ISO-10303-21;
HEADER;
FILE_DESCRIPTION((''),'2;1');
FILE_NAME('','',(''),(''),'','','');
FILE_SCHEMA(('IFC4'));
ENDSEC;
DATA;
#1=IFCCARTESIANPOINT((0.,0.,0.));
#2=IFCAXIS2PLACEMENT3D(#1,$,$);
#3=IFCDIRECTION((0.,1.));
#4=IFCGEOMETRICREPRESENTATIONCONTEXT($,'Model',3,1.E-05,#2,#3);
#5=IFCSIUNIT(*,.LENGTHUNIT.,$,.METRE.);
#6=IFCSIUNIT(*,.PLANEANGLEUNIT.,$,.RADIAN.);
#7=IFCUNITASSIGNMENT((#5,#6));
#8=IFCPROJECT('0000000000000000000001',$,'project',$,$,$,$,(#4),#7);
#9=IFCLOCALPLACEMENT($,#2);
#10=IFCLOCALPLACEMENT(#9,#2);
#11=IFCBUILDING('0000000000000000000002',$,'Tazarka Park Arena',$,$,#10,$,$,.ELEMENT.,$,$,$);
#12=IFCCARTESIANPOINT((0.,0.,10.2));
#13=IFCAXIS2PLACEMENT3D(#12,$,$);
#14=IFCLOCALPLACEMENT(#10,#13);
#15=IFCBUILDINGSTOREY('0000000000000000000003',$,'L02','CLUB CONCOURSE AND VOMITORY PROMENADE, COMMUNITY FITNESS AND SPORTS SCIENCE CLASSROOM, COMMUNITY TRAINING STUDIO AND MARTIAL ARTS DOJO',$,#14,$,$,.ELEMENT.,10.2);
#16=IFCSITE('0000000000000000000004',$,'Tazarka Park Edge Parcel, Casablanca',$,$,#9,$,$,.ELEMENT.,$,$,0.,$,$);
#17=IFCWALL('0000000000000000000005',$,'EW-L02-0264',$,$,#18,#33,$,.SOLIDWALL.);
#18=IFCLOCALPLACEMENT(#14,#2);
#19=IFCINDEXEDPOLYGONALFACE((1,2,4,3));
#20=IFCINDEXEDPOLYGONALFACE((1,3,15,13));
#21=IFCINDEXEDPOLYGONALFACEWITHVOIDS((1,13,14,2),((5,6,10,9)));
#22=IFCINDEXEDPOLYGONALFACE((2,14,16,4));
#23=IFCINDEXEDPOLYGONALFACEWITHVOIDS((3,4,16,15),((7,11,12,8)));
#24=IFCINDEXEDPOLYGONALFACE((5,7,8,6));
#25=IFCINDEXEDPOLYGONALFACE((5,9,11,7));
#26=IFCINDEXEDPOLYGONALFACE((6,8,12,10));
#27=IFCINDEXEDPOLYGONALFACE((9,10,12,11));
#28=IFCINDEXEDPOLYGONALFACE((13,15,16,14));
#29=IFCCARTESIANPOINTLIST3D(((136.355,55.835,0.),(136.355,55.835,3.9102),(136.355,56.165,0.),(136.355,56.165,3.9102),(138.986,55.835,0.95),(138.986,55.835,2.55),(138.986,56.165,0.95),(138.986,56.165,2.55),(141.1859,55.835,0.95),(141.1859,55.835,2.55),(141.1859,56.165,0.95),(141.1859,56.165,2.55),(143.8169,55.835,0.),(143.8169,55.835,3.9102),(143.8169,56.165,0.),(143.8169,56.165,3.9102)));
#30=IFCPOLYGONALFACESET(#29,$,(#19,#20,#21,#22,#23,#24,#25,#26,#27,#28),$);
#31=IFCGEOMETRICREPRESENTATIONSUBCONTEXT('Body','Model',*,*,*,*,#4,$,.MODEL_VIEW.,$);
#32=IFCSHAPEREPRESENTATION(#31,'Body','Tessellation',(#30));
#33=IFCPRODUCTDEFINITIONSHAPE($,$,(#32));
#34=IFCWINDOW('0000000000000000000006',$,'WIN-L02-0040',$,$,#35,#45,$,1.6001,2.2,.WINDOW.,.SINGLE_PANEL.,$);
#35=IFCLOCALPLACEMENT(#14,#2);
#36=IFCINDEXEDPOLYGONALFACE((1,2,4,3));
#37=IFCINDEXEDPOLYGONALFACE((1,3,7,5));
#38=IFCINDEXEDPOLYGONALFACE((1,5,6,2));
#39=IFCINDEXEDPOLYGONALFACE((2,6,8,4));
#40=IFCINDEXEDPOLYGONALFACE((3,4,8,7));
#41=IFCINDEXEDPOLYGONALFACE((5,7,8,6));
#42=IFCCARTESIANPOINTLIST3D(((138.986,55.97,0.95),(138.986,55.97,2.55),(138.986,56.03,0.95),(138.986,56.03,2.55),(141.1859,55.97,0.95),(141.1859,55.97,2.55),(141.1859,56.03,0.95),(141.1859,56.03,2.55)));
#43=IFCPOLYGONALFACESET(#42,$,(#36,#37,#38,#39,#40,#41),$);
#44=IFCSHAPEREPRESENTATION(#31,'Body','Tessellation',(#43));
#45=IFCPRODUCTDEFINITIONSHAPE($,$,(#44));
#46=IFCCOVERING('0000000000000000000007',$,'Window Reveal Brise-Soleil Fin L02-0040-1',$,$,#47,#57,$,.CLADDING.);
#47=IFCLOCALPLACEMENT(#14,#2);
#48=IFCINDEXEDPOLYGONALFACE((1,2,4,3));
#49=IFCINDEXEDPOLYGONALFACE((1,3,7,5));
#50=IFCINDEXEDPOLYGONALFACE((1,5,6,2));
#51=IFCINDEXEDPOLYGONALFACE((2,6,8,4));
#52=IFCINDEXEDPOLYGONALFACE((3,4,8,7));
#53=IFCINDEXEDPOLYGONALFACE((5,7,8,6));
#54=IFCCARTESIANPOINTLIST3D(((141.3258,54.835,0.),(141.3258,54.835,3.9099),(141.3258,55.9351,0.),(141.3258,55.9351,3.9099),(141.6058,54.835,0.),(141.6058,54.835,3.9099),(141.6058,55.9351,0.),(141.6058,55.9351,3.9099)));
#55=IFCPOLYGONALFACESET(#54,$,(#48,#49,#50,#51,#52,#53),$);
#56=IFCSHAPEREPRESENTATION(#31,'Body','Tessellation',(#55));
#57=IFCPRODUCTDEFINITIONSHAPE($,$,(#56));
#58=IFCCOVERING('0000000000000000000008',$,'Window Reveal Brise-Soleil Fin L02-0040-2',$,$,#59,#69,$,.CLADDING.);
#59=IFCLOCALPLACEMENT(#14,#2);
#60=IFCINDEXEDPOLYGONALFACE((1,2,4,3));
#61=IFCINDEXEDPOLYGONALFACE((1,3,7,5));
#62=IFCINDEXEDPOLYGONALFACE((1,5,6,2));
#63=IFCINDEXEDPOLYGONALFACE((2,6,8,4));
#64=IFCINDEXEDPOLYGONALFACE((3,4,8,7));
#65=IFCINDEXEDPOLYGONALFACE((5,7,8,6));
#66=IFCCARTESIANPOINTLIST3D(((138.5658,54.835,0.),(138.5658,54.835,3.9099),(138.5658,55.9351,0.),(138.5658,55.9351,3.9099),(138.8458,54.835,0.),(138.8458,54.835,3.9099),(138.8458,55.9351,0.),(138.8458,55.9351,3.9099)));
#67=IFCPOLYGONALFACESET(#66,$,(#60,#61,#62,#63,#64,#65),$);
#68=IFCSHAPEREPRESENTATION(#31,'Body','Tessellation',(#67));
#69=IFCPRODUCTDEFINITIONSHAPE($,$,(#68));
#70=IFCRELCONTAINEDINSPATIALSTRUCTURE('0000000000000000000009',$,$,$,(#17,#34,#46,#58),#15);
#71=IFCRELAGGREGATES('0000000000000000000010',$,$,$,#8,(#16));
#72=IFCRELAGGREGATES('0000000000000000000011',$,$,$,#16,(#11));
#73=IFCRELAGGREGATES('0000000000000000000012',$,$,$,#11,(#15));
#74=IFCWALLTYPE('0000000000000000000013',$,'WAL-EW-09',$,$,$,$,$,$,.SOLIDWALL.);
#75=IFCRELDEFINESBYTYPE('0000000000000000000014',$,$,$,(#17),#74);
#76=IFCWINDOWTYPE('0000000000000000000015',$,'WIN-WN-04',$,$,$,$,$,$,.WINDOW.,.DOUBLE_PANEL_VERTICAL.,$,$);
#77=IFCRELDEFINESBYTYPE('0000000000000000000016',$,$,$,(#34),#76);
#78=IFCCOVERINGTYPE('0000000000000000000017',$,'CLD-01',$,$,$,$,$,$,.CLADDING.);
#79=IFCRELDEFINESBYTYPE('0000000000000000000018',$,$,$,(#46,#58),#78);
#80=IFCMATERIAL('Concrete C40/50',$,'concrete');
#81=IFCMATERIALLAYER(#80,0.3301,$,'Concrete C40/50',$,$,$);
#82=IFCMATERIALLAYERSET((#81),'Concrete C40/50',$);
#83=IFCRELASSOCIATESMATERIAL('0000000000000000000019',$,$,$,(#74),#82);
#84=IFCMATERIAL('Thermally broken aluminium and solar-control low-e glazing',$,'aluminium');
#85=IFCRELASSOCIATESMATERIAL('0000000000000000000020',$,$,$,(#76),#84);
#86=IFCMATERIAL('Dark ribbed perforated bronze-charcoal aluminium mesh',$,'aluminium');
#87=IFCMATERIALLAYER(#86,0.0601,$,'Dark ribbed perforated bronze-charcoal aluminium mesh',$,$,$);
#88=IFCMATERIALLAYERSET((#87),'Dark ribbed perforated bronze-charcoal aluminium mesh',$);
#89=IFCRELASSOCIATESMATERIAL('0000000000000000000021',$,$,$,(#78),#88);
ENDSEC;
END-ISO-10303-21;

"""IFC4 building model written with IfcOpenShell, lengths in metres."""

from ifc_helpers import new_model, si_unit, direction, frame, frame_2d, origin, origin_2d, place, context, subcontext, project, spatial, rectangle, extrude, material, layer, layer_set, type_object, element, fill, save


model = new_model("IFC4")

# Units and contexts
model_context = context("Model", 3, precision=1e-05, world=origin(), true_north=direction((0.0, 1.0)))
body_context = subcontext(model_context, "Body", "Model", "MODEL_VIEW")
ifc_project = project(units=[si_unit("LENGTHUNIT", "METRE"), si_unit("PLANEANGLEUNIT", "RADIAN")], contexts=[model_context])

# Site, building, storey
site_placement = place(None, origin())
site = spatial("IfcSite", under=ifc_project, at=site_placement, Name="Tazarka Park Edge Parcel, Casablanca", CompositionType="ELEMENT", RefElevation=0.0)
building_placement = place(site_placement, origin())
building = spatial("IfcBuilding", under=site, at=building_placement, Name="Tazarka Park Arena", CompositionType="ELEMENT")
storey_placement = place(building_placement, frame((0.0, 0.0, 10.2)))
storey = spatial("IfcBuildingStorey", under=building, at=storey_placement, Name="L02", Description="CLUB CONCOURSE AND VOMITORY PROMENADE, COMMUNITY FITNESS AND SPORTS SCIENCE CLASSROOM, COMMUNITY TRAINING STUDIO AND MARTIAL ARTS DOJO", CompositionType="ELEMENT", Elevation=10.2)

# Wall, opening, window
ifc_material_1 = material(Name="Concrete C40/50", Category="concrete")
ifc_layer_1 = layer(ifc_material_1, 0.3301, Name="Concrete C40/50")
ifc_layer_set_1 = layer_set([ifc_layer_1], Name="Concrete C40/50")
wall_type_1 = type_object("IfcWallType", Name="WAL-EW-09", PredefinedType="SOLIDWALL", material=ifc_layer_set_1)
wall_1_placement = place(storey_placement, frame((143.8169, 56.0, 0.0), z_axis=(0.0, 0.0, 1.0), x_axis=(-1.0, 0.0, 0.0)))
wall_1 = element("IfcWall", 1, at=wall_1_placement, inside=storey, type_object=wall_type_1, Name="EW-L02-0264", PredefinedType="SOLIDWALL", context=body_context, shape_type="SweptSolid", body=[
    extrude(rectangle(XDim=7.4619, YDim=0.3301, at=frame_2d((3.731, 0.0))), origin(), (0.0, 0.0, 1.0), 3.9102),
])
opening_placement = place(wall_1_placement, frame((2.6309, 0.0, 0.95)))
opening = element("IfcOpeningElement", 2, at=opening_placement, cuts=wall_1, PredefinedType="OPENING", context=body_context, shape_type="SweptSolid", body=[
    extrude(rectangle(XDim=2.2, YDim=1.6001, at=frame_2d((1.1001, 0.8))), frame((0.0, 0.175, 0.0), z_axis=(0.0, -1.0, 0.0), x_axis=(1.0, 0.0, 0.0)), (0.0, 0.0, 1.0), 0.3501),
])
ifc_material_2 = material(Name="Thermally broken aluminium and solar-control low-e glazing", Category="aluminium")
window_type = type_object("IfcWindowType", Name="WIN-WN-04", PartitioningType="DOUBLE_PANEL_VERTICAL", PredefinedType="WINDOW", material=ifc_material_2)
window_placement = place(opening_placement, origin())
window = element("IfcWindow", 3, at=window_placement, inside=storey, type_object=window_type, Name="WIN-L02-0040", OverallHeight=1.6001, OverallWidth=2.2, PartitioningType="SINGLE_PANEL", PredefinedType="WINDOW", context=body_context, shape_type="SweptSolid", body=[
    extrude(rectangle(XDim=2.2, YDim=1.6001, at=frame_2d((1.1001, 0.8))), frame((0.0, 0.03, 0.0), z_axis=(0.0, -1.0, 0.0), x_axis=(1.0, 0.0, 0.0)), (0.0, 0.0, 1.0), 0.0601),
])
fill(opening, window)

# Coverings
ifc_material_3 = material(Name="Dark ribbed perforated bronze-charcoal aluminium mesh", Category="aluminium")
ifc_layer_2 = layer(ifc_material_3, 0.0601, Name="Dark ribbed perforated bronze-charcoal aluminium mesh")
ifc_layer_set_2 = layer_set([ifc_layer_2], Name="Dark ribbed perforated bronze-charcoal aluminium mesh")
covering_type = type_object("IfcCoveringType", Name="CLD-01", PredefinedType="CLADDING", material=ifc_layer_set_2)
for number, where, z_axis, x_axis, name in (
    (4, (141.4658, 55.385, 0.0), (0.0, 0.0, 1.0), (-1.0, 0.0, 0.0), "Window Reveal Brise-Soleil Fin L02-0040-1"),
    (5, (138.7058, 55.385, 0.0), (0.0, 0.0, 1.0), (-1.0, 0.0, 0.0), "Window Reveal Brise-Soleil Fin L02-0040-2"),
):
    element("IfcCovering", number, at=place(storey_placement, frame(where, z_axis=z_axis, x_axis=x_axis)), inside=storey, type_object=covering_type, Name=name, PredefinedType="CLADDING", context=body_context, shape_type="SweptSolid", body=[
        extrude(rectangle(XDim=0.28, YDim=1.1001, at=origin_2d()), origin(), (0.0, 0.0, 1.0), 3.9099),
    ])

save(model, "model.ifc")
